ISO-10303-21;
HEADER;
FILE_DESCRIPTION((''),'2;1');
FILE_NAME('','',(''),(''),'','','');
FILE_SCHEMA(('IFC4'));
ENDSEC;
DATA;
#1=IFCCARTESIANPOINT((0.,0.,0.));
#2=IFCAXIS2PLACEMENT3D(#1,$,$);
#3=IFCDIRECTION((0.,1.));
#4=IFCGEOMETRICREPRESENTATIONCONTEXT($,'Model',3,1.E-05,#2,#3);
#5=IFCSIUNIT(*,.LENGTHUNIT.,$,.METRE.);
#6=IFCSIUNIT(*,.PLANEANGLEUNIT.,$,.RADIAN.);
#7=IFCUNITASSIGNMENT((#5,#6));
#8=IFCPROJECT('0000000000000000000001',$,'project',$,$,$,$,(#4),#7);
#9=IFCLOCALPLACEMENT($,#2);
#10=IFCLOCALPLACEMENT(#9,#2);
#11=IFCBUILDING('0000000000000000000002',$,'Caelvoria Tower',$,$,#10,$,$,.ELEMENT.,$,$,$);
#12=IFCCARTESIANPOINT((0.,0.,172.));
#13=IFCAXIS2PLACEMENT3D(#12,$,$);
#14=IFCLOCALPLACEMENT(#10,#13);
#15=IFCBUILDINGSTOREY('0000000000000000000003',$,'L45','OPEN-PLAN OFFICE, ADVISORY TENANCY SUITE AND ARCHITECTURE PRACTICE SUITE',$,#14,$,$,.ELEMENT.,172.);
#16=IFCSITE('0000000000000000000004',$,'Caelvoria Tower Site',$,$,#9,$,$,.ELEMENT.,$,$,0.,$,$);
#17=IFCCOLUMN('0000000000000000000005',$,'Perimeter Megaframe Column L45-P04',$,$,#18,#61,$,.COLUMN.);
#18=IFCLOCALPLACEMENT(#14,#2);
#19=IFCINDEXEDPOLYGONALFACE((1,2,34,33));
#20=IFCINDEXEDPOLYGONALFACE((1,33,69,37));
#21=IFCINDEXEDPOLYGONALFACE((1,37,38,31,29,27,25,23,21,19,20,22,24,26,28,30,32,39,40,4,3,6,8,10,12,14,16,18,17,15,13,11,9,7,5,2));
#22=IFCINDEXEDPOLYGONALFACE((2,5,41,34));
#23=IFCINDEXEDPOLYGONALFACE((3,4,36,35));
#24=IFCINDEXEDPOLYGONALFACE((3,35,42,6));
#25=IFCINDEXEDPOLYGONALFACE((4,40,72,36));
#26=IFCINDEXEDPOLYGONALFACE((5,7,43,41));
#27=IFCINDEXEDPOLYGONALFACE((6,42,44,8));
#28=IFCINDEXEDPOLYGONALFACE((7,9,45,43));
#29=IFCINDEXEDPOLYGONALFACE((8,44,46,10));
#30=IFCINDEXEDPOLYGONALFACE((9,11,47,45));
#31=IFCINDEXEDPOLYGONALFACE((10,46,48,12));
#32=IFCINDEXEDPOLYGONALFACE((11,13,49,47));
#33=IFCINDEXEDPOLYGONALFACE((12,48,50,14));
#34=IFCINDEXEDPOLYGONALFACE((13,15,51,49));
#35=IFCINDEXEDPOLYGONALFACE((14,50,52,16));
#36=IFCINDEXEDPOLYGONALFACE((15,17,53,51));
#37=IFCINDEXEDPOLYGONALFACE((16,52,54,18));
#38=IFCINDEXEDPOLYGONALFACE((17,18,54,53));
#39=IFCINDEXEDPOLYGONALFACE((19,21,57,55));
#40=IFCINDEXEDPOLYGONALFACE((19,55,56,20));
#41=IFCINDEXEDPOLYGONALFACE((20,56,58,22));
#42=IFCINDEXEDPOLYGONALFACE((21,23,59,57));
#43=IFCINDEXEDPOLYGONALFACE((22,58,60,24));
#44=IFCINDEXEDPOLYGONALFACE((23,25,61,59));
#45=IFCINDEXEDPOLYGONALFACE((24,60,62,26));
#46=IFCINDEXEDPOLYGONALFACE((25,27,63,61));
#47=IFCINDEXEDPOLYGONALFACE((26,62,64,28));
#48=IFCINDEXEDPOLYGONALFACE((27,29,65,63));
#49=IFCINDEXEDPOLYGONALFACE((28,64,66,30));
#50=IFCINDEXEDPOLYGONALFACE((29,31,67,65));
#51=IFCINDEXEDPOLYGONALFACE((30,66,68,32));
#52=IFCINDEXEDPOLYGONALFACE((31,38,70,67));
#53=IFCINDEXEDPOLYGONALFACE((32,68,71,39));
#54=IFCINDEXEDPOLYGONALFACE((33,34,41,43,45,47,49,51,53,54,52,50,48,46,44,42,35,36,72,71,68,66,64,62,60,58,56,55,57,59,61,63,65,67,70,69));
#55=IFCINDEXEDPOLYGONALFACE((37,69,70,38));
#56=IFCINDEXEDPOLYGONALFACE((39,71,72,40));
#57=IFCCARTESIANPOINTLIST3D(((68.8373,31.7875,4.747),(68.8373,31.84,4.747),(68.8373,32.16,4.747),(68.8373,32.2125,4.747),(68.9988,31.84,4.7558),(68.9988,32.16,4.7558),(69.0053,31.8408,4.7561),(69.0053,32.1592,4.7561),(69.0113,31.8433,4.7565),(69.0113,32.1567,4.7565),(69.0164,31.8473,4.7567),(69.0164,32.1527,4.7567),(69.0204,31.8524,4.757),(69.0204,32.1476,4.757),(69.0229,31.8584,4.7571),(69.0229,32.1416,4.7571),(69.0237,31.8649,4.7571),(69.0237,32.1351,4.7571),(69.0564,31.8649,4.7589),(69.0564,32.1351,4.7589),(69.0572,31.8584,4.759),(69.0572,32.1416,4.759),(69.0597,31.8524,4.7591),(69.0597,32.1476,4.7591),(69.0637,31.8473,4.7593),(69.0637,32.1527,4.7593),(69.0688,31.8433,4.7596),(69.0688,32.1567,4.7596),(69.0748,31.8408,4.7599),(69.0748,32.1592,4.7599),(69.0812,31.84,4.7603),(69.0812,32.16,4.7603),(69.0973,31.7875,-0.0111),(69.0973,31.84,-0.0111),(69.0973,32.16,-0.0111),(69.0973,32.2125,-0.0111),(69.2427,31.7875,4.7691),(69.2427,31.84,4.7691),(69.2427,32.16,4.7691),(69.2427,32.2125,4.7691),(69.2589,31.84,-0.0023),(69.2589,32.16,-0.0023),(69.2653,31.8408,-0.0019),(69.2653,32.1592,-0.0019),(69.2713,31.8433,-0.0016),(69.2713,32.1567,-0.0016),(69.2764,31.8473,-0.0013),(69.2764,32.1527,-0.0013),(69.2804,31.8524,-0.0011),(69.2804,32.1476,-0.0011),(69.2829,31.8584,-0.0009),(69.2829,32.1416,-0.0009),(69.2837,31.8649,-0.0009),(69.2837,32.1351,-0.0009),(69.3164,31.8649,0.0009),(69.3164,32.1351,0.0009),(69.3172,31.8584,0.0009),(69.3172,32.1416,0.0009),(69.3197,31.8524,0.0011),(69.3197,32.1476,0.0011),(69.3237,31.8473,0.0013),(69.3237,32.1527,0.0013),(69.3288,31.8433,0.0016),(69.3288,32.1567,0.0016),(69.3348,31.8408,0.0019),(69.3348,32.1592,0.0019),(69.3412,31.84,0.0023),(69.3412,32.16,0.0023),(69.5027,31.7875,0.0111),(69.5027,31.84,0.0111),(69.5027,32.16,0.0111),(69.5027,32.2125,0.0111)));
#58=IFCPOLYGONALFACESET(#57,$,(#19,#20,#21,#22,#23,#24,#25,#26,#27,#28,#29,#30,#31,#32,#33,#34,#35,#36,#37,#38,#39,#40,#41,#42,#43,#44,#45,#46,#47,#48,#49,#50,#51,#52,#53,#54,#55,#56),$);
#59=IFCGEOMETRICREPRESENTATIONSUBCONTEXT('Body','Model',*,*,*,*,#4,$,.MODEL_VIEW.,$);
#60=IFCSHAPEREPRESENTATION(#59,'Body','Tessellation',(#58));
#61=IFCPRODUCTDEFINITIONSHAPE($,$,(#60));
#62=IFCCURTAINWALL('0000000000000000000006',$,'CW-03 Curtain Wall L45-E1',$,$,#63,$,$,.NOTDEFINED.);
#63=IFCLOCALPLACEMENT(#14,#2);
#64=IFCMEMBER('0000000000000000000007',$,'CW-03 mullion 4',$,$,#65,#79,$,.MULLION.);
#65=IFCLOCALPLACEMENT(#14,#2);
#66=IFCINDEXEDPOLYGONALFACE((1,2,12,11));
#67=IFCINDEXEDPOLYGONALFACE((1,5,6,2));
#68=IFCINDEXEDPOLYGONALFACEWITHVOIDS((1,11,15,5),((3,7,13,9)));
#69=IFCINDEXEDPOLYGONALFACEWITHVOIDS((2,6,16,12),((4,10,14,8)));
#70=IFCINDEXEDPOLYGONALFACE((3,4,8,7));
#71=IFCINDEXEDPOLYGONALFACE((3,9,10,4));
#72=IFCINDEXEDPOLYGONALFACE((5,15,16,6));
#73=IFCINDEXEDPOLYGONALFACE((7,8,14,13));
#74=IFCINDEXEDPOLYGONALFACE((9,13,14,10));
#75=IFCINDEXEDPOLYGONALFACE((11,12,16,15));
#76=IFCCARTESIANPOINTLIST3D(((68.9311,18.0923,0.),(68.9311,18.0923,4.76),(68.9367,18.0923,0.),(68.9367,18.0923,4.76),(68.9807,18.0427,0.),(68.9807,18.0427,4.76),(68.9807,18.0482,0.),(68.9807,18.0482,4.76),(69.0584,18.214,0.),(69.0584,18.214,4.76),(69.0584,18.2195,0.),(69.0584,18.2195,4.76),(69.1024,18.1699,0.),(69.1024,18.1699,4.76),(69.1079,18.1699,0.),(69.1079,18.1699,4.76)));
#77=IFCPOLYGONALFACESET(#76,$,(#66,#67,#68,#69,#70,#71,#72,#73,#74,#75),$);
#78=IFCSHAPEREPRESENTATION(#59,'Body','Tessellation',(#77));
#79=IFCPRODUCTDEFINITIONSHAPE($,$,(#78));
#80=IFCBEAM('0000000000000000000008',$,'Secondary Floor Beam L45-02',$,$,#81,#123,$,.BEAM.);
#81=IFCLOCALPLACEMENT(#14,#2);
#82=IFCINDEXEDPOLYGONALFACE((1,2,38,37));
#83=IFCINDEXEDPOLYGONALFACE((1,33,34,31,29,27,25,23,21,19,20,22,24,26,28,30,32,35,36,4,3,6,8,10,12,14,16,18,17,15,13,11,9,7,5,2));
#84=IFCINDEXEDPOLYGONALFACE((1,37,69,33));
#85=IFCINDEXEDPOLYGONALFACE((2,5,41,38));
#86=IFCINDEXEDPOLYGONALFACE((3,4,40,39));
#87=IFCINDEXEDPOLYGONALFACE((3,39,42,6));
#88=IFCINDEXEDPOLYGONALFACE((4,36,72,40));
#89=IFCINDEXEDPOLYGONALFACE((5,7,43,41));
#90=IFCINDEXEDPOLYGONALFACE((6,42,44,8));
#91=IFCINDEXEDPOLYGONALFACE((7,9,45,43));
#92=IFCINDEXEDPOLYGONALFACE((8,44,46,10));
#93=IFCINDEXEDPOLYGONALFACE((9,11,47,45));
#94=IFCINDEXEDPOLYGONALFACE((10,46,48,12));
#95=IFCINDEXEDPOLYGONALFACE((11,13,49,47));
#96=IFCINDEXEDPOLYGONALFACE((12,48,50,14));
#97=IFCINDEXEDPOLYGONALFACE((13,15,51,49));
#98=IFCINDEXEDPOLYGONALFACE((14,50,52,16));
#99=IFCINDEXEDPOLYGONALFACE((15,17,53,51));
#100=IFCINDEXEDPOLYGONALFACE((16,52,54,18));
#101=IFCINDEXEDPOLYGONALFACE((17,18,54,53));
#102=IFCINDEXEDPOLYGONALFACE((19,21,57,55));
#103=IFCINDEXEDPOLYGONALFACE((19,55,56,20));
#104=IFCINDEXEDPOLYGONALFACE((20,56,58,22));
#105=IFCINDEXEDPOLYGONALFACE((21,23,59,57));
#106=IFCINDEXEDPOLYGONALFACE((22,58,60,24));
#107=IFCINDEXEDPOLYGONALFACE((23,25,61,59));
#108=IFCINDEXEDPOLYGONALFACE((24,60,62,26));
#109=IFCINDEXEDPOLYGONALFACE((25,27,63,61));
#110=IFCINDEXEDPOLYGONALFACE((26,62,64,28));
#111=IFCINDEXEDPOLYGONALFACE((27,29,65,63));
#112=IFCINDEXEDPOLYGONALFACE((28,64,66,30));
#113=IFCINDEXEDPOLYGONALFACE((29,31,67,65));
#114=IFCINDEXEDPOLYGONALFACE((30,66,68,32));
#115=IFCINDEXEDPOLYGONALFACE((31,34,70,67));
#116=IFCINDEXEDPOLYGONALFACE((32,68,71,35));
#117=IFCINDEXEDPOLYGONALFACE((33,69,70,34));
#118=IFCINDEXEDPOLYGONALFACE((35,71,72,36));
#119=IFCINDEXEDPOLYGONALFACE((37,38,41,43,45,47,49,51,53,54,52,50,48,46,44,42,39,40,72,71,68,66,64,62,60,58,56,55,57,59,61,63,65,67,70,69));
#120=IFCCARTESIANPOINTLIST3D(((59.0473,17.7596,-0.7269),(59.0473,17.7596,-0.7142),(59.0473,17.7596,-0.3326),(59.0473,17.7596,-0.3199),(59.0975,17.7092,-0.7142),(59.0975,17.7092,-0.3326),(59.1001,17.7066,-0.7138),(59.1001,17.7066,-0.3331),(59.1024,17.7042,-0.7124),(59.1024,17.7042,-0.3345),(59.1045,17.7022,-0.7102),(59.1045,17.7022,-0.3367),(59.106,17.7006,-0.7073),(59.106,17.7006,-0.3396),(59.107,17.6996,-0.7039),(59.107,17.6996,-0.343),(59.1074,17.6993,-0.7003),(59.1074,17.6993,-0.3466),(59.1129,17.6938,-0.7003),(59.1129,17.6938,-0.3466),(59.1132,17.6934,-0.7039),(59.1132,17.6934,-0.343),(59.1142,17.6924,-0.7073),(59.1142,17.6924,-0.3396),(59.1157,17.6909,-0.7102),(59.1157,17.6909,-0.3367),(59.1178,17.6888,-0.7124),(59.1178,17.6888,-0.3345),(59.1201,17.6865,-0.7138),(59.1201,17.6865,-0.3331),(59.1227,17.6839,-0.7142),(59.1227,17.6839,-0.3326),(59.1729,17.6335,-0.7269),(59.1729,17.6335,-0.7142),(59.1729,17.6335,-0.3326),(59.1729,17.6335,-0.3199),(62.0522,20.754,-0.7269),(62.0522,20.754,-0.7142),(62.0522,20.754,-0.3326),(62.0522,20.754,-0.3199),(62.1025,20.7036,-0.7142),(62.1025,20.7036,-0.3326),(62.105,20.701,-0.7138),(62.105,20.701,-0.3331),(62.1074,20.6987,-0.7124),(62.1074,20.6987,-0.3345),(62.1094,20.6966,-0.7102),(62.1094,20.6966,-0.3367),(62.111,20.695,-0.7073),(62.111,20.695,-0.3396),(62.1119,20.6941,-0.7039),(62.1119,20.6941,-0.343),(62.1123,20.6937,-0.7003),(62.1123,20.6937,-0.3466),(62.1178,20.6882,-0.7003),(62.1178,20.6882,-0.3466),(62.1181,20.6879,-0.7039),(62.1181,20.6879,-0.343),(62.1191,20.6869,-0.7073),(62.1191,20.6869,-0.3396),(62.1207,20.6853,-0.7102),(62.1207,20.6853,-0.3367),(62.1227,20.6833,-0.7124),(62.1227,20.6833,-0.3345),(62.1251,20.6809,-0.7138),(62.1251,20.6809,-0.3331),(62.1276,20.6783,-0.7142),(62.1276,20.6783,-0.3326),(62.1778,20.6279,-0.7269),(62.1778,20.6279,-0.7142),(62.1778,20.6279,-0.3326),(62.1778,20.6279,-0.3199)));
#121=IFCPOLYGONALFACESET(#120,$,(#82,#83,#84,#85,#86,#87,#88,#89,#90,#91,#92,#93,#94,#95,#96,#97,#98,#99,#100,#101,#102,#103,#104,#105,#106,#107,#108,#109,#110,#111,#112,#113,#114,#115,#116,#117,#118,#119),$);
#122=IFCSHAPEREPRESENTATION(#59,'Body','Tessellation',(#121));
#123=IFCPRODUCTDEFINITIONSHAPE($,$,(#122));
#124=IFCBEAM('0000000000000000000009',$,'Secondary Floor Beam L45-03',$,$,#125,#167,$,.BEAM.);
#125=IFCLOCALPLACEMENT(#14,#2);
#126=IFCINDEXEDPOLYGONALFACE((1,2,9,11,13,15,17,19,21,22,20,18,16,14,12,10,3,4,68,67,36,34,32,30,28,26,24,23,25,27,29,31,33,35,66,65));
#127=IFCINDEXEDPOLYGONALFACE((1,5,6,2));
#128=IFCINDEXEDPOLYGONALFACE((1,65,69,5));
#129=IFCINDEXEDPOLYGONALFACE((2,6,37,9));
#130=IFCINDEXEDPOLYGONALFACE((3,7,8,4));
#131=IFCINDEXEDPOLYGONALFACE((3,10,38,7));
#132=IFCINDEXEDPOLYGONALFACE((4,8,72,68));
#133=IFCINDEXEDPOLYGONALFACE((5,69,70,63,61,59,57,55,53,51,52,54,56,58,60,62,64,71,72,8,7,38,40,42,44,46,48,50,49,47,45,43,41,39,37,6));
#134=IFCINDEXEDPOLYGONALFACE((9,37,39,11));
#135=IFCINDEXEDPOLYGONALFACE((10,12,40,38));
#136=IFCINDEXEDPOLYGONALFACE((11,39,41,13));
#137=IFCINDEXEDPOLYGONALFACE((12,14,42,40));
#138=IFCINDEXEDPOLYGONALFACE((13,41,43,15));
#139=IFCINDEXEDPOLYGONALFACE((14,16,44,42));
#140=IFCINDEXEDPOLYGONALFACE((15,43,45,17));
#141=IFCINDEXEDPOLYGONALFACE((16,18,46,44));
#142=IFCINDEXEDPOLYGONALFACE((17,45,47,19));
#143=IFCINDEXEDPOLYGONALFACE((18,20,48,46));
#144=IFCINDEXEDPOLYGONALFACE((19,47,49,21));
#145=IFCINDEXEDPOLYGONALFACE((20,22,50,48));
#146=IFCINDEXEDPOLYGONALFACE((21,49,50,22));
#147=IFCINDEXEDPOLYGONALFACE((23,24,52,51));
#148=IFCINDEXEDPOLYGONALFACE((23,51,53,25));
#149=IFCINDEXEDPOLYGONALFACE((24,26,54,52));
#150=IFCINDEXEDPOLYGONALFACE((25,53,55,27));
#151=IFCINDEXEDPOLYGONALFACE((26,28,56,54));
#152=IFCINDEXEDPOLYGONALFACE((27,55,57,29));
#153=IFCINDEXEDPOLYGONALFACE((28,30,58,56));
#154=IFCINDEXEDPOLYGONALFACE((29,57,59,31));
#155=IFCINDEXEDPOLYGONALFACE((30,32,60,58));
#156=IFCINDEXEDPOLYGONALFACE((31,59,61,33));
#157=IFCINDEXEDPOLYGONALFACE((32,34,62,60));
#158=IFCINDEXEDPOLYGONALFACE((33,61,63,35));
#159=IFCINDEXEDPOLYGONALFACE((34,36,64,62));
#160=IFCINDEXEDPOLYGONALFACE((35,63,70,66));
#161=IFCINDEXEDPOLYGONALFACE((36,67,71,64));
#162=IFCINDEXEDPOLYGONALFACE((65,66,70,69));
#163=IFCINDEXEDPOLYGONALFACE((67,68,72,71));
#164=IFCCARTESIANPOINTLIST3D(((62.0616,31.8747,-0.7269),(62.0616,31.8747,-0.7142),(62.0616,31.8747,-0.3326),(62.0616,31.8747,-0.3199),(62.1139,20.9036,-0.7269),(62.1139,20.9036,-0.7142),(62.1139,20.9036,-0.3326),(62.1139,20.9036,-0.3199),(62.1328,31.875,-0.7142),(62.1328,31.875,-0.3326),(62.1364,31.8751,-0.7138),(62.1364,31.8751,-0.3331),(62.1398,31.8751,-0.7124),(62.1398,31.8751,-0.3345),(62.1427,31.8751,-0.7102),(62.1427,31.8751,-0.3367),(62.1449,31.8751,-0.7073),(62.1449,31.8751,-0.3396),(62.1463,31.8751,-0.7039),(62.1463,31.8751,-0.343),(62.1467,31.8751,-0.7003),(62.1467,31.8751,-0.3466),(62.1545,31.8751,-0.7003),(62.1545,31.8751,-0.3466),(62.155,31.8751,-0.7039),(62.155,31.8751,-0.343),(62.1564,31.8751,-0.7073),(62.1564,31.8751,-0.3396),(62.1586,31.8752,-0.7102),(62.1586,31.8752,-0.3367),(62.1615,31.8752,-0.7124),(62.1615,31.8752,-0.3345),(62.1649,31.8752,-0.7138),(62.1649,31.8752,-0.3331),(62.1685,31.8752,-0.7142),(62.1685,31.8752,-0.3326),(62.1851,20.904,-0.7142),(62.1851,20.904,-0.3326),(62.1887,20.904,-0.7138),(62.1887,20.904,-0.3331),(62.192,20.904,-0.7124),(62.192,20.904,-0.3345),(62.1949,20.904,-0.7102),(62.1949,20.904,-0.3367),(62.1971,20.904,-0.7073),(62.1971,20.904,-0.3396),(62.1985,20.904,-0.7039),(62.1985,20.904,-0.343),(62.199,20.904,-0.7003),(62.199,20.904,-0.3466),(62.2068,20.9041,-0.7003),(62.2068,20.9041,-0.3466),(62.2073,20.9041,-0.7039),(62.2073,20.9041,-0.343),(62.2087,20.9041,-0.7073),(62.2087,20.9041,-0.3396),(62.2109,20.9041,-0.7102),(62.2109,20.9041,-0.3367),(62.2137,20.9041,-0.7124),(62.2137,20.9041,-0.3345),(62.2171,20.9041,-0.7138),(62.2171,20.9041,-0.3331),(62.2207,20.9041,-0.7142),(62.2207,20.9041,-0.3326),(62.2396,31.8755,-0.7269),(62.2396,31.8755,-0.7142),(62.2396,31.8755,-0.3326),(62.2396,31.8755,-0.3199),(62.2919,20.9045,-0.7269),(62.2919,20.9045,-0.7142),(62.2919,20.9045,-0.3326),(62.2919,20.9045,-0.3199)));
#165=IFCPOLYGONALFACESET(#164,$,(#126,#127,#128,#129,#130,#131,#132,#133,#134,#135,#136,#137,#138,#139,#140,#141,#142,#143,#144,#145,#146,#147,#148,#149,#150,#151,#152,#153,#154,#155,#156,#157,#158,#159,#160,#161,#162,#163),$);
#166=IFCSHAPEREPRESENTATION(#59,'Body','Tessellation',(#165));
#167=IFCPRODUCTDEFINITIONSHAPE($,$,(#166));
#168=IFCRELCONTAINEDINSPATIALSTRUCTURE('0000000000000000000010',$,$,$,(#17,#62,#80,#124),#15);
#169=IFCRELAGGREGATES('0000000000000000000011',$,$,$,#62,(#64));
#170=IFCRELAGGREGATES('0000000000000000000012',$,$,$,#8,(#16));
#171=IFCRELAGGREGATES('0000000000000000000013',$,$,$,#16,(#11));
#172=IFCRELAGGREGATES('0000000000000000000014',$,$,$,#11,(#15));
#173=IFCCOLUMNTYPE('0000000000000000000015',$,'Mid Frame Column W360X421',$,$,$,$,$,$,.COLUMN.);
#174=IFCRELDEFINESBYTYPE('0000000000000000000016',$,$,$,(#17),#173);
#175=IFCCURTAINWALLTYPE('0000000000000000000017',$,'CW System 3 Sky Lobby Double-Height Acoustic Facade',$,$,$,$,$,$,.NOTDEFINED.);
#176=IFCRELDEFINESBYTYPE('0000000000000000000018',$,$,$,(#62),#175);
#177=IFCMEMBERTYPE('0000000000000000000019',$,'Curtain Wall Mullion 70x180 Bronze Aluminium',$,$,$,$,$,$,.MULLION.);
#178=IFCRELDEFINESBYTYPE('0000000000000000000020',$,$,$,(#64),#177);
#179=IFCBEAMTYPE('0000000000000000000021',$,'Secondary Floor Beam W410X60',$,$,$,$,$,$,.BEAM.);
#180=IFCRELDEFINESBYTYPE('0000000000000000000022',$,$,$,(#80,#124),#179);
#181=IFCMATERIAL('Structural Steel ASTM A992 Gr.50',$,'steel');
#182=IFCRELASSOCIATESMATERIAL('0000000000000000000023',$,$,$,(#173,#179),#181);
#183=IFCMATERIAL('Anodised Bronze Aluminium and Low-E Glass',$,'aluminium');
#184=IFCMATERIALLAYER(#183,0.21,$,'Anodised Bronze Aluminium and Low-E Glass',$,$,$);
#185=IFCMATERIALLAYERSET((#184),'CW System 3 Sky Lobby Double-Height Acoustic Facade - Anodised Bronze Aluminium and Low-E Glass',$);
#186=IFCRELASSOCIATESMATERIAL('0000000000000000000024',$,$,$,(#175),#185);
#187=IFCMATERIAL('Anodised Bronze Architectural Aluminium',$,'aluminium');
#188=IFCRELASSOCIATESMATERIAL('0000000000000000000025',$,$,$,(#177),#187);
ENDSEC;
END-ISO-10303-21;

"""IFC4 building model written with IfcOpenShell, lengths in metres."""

from ifc_helpers import new_model, si_unit, direction, frame, origin, origin_2d, place, context, subcontext, project, spatial, hollow_rectangle, i_section, extrude, material, layer, layer_set, material_profile, profile_set, type_object, element, aggregate, save


model = new_model("IFC4")

# Units and contexts
model_context = context("Model", 3, precision=1e-05, world=origin(), true_north=direction((0.0, 1.0)))
body_context = subcontext(model_context, "Body", "Model", "MODEL_VIEW")
ifc_project = project(units=[si_unit("LENGTHUNIT", "METRE"), si_unit("PLANEANGLEUNIT", "RADIAN")], contexts=[model_context])

# Site, building, storey
site_placement = place(None, origin())
site = spatial("IfcSite", under=ifc_project, at=site_placement, Name="Caelvoria Tower Site", CompositionType="ELEMENT", RefElevation=0.0)
building_placement = place(site_placement, origin())
building = spatial("IfcBuilding", under=site, at=building_placement, Name="Caelvoria Tower", CompositionType="ELEMENT")
storey_placement = place(building_placement, frame((0.0, 0.0, 172.0)))
storey = spatial("IfcBuildingStorey", under=building, at=storey_placement, Name="L45", Description="OPEN-PLAN OFFICE, ADVISORY TENANCY SUITE AND ARCHITECTURE PRACTICE SUITE", CompositionType="ELEMENT", Elevation=172.0)

# Column
ifc_material_1 = material(Name="Structural Steel ASTM A992 Gr.50", Category="steel")
ifc_material_profile_1 = material_profile(ifc_material_1, i_section(OverallWidth=0.406, OverallDepth=0.425, WebThickness=0.0327, FlangeThickness=0.0525, FilletRadius=0.0249, at=origin_2d()), Name="Structural Steel ASTM A992 Gr.50")
ifc_profile_set_1 = profile_set([ifc_material_profile_1], Name="W360X421 - Structural Steel ASTM A992 Gr.50")
column_type = type_object("IfcColumnType", Name="Mid Frame Column W360X421", PredefinedType="COLUMN", material=ifc_profile_set_1)
column_placement = place(storey_placement, frame((69.3, 32.0, 0.0), z_axis=(-0.054565, 0.0, 0.99851), x_axis=(0.99851, 0.0, 0.054565)))
element("IfcColumn", 1, at=column_placement, inside=storey, type_object=column_type, Name="Perimeter Megaframe Column L45-P04", PredefinedType="COLUMN", context=body_context, shape_type="SweptSolid", body=[
    extrude(i_section(OverallWidth=0.406, OverallDepth=0.425, WebThickness=0.0327, FlangeThickness=0.0525, FilletRadius=0.0249, at=origin_2d()), origin(), (0.0, 0.0, 1.0), 4.7651),
])

# Curtain wall, member
ifc_material_2 = material(Name="Anodised Bronze Aluminium and Low-E Glass", Category="aluminium")
ifc_layer_1 = layer(ifc_material_2, 0.21, Name="Anodised Bronze Aluminium and Low-E Glass")
ifc_layer_set_1 = layer_set([ifc_layer_1], Name="CW System 3 Sky Lobby Double-Height Acoustic Facade - Anodised Bronze Aluminium and Low-E Glass")
curtain_wall_type = type_object("IfcCurtainWallType", Name="CW System 3 Sky Lobby Double-Height Acoustic Facade", PredefinedType="NOTDEFINED", material=ifc_layer_set_1)
curtain_wall_placement = place(storey_placement, origin())
curtain_wall = element("IfcCurtainWall", 2, at=curtain_wall_placement, inside=storey, type_object=curtain_wall_type, Name="CW-03 Curtain Wall L45-E1", PredefinedType="NOTDEFINED")
ifc_material_3 = material(Name="Anodised Bronze Architectural Aluminium", Category="aluminium")
ifc_material_profile_2 = material_profile(ifc_material_3, hollow_rectangle(XDim=0.0701, YDim=0.1799, WallThickness=0.0039, at=origin_2d()), Name="Anodised Bronze Architectural Aluminium")
ifc_profile_set_2 = profile_set([ifc_material_profile_2], Name="CW_MULL_70X180 - Anodised Bronze Architectural Aluminium")
member_type = type_object("IfcMemberType", Name="Curtain Wall Mullion 70x180 Bronze Aluminium", PredefinedType="MULLION", material=ifc_profile_set_2)
member_placement = place(storey_placement, frame((69.0195, 18.1311, 0.0), z_axis=(0.0, 0.0, 1.0), x_axis=(-0.707107, 0.707107, 0.0)))
member = element("IfcMember", 3, at=member_placement, type_object=member_type, Name="CW-03 mullion 4", PredefinedType="MULLION", context=body_context, shape_type="SweptSolid", body=[
    extrude(hollow_rectangle(XDim=0.0701, YDim=0.1799, WallThickness=0.0039, at=origin_2d()), origin(), (0.0, 0.0, 1.0), 4.76),
])
aggregate(curtain_wall, [member])

# Beams
ifc_material_profile_3 = material_profile(ifc_material_1, i_section(OverallWidth=0.178, OverallDepth=0.407, WebThickness=0.0078, FlangeThickness=0.0127, FilletRadius=0.0139, at=origin_2d()), Name="Structural Steel ASTM A992 Gr.50")
ifc_profile_set_3 = profile_set([ifc_material_profile_3], Name="W410X60 - Structural Steel ASTM A992 Gr.50")
beam_type_1 = type_object("IfcBeamType", Name="Secondary Floor Beam W410X60", PredefinedType="BEAM", material=ifc_profile_set_3)
beam_1_placement = place(storey_placement, frame((59.1101, 17.6965, -0.5234), z_axis=(0.708343, 0.705868, 0.0), x_axis=(-0.705868, 0.708343, 0.0)))
element("IfcBeam", 4, at=beam_1_placement, inside=storey, type_object=beam_type_1, Name="Secondary Floor Beam L45-02", PredefinedType="BEAM", context=body_context, shape_type="SweptSolid", body=[
    extrude(i_section(OverallWidth=0.178, OverallDepth=0.407, WebThickness=0.0078, FlangeThickness=0.0127, FilletRadius=0.0139, at=origin_2d()), origin(), (0.0, 0.0, 1.0), 4.2422),
])
beam_2_placement = place(storey_placement, frame((62.2029, 20.9041, -0.5234), z_axis=(-0.004762, 0.999989, 0.0), x_axis=(-0.999989, -0.004762, 0.0)))
element("IfcBeam", 5, at=beam_2_placement, inside=storey, type_object=beam_type_1, Name="Secondary Floor Beam L45-03", PredefinedType="BEAM", context=body_context, shape_type="SweptSolid", body=[
    extrude(i_section(OverallWidth=0.178, OverallDepth=0.407, WebThickness=0.0078, FlangeThickness=0.0127, FilletRadius=0.0139, at=origin_2d()), origin(), (0.0, 0.0, 1.0), 10.9712),
])

save(model, "model.ifc")
